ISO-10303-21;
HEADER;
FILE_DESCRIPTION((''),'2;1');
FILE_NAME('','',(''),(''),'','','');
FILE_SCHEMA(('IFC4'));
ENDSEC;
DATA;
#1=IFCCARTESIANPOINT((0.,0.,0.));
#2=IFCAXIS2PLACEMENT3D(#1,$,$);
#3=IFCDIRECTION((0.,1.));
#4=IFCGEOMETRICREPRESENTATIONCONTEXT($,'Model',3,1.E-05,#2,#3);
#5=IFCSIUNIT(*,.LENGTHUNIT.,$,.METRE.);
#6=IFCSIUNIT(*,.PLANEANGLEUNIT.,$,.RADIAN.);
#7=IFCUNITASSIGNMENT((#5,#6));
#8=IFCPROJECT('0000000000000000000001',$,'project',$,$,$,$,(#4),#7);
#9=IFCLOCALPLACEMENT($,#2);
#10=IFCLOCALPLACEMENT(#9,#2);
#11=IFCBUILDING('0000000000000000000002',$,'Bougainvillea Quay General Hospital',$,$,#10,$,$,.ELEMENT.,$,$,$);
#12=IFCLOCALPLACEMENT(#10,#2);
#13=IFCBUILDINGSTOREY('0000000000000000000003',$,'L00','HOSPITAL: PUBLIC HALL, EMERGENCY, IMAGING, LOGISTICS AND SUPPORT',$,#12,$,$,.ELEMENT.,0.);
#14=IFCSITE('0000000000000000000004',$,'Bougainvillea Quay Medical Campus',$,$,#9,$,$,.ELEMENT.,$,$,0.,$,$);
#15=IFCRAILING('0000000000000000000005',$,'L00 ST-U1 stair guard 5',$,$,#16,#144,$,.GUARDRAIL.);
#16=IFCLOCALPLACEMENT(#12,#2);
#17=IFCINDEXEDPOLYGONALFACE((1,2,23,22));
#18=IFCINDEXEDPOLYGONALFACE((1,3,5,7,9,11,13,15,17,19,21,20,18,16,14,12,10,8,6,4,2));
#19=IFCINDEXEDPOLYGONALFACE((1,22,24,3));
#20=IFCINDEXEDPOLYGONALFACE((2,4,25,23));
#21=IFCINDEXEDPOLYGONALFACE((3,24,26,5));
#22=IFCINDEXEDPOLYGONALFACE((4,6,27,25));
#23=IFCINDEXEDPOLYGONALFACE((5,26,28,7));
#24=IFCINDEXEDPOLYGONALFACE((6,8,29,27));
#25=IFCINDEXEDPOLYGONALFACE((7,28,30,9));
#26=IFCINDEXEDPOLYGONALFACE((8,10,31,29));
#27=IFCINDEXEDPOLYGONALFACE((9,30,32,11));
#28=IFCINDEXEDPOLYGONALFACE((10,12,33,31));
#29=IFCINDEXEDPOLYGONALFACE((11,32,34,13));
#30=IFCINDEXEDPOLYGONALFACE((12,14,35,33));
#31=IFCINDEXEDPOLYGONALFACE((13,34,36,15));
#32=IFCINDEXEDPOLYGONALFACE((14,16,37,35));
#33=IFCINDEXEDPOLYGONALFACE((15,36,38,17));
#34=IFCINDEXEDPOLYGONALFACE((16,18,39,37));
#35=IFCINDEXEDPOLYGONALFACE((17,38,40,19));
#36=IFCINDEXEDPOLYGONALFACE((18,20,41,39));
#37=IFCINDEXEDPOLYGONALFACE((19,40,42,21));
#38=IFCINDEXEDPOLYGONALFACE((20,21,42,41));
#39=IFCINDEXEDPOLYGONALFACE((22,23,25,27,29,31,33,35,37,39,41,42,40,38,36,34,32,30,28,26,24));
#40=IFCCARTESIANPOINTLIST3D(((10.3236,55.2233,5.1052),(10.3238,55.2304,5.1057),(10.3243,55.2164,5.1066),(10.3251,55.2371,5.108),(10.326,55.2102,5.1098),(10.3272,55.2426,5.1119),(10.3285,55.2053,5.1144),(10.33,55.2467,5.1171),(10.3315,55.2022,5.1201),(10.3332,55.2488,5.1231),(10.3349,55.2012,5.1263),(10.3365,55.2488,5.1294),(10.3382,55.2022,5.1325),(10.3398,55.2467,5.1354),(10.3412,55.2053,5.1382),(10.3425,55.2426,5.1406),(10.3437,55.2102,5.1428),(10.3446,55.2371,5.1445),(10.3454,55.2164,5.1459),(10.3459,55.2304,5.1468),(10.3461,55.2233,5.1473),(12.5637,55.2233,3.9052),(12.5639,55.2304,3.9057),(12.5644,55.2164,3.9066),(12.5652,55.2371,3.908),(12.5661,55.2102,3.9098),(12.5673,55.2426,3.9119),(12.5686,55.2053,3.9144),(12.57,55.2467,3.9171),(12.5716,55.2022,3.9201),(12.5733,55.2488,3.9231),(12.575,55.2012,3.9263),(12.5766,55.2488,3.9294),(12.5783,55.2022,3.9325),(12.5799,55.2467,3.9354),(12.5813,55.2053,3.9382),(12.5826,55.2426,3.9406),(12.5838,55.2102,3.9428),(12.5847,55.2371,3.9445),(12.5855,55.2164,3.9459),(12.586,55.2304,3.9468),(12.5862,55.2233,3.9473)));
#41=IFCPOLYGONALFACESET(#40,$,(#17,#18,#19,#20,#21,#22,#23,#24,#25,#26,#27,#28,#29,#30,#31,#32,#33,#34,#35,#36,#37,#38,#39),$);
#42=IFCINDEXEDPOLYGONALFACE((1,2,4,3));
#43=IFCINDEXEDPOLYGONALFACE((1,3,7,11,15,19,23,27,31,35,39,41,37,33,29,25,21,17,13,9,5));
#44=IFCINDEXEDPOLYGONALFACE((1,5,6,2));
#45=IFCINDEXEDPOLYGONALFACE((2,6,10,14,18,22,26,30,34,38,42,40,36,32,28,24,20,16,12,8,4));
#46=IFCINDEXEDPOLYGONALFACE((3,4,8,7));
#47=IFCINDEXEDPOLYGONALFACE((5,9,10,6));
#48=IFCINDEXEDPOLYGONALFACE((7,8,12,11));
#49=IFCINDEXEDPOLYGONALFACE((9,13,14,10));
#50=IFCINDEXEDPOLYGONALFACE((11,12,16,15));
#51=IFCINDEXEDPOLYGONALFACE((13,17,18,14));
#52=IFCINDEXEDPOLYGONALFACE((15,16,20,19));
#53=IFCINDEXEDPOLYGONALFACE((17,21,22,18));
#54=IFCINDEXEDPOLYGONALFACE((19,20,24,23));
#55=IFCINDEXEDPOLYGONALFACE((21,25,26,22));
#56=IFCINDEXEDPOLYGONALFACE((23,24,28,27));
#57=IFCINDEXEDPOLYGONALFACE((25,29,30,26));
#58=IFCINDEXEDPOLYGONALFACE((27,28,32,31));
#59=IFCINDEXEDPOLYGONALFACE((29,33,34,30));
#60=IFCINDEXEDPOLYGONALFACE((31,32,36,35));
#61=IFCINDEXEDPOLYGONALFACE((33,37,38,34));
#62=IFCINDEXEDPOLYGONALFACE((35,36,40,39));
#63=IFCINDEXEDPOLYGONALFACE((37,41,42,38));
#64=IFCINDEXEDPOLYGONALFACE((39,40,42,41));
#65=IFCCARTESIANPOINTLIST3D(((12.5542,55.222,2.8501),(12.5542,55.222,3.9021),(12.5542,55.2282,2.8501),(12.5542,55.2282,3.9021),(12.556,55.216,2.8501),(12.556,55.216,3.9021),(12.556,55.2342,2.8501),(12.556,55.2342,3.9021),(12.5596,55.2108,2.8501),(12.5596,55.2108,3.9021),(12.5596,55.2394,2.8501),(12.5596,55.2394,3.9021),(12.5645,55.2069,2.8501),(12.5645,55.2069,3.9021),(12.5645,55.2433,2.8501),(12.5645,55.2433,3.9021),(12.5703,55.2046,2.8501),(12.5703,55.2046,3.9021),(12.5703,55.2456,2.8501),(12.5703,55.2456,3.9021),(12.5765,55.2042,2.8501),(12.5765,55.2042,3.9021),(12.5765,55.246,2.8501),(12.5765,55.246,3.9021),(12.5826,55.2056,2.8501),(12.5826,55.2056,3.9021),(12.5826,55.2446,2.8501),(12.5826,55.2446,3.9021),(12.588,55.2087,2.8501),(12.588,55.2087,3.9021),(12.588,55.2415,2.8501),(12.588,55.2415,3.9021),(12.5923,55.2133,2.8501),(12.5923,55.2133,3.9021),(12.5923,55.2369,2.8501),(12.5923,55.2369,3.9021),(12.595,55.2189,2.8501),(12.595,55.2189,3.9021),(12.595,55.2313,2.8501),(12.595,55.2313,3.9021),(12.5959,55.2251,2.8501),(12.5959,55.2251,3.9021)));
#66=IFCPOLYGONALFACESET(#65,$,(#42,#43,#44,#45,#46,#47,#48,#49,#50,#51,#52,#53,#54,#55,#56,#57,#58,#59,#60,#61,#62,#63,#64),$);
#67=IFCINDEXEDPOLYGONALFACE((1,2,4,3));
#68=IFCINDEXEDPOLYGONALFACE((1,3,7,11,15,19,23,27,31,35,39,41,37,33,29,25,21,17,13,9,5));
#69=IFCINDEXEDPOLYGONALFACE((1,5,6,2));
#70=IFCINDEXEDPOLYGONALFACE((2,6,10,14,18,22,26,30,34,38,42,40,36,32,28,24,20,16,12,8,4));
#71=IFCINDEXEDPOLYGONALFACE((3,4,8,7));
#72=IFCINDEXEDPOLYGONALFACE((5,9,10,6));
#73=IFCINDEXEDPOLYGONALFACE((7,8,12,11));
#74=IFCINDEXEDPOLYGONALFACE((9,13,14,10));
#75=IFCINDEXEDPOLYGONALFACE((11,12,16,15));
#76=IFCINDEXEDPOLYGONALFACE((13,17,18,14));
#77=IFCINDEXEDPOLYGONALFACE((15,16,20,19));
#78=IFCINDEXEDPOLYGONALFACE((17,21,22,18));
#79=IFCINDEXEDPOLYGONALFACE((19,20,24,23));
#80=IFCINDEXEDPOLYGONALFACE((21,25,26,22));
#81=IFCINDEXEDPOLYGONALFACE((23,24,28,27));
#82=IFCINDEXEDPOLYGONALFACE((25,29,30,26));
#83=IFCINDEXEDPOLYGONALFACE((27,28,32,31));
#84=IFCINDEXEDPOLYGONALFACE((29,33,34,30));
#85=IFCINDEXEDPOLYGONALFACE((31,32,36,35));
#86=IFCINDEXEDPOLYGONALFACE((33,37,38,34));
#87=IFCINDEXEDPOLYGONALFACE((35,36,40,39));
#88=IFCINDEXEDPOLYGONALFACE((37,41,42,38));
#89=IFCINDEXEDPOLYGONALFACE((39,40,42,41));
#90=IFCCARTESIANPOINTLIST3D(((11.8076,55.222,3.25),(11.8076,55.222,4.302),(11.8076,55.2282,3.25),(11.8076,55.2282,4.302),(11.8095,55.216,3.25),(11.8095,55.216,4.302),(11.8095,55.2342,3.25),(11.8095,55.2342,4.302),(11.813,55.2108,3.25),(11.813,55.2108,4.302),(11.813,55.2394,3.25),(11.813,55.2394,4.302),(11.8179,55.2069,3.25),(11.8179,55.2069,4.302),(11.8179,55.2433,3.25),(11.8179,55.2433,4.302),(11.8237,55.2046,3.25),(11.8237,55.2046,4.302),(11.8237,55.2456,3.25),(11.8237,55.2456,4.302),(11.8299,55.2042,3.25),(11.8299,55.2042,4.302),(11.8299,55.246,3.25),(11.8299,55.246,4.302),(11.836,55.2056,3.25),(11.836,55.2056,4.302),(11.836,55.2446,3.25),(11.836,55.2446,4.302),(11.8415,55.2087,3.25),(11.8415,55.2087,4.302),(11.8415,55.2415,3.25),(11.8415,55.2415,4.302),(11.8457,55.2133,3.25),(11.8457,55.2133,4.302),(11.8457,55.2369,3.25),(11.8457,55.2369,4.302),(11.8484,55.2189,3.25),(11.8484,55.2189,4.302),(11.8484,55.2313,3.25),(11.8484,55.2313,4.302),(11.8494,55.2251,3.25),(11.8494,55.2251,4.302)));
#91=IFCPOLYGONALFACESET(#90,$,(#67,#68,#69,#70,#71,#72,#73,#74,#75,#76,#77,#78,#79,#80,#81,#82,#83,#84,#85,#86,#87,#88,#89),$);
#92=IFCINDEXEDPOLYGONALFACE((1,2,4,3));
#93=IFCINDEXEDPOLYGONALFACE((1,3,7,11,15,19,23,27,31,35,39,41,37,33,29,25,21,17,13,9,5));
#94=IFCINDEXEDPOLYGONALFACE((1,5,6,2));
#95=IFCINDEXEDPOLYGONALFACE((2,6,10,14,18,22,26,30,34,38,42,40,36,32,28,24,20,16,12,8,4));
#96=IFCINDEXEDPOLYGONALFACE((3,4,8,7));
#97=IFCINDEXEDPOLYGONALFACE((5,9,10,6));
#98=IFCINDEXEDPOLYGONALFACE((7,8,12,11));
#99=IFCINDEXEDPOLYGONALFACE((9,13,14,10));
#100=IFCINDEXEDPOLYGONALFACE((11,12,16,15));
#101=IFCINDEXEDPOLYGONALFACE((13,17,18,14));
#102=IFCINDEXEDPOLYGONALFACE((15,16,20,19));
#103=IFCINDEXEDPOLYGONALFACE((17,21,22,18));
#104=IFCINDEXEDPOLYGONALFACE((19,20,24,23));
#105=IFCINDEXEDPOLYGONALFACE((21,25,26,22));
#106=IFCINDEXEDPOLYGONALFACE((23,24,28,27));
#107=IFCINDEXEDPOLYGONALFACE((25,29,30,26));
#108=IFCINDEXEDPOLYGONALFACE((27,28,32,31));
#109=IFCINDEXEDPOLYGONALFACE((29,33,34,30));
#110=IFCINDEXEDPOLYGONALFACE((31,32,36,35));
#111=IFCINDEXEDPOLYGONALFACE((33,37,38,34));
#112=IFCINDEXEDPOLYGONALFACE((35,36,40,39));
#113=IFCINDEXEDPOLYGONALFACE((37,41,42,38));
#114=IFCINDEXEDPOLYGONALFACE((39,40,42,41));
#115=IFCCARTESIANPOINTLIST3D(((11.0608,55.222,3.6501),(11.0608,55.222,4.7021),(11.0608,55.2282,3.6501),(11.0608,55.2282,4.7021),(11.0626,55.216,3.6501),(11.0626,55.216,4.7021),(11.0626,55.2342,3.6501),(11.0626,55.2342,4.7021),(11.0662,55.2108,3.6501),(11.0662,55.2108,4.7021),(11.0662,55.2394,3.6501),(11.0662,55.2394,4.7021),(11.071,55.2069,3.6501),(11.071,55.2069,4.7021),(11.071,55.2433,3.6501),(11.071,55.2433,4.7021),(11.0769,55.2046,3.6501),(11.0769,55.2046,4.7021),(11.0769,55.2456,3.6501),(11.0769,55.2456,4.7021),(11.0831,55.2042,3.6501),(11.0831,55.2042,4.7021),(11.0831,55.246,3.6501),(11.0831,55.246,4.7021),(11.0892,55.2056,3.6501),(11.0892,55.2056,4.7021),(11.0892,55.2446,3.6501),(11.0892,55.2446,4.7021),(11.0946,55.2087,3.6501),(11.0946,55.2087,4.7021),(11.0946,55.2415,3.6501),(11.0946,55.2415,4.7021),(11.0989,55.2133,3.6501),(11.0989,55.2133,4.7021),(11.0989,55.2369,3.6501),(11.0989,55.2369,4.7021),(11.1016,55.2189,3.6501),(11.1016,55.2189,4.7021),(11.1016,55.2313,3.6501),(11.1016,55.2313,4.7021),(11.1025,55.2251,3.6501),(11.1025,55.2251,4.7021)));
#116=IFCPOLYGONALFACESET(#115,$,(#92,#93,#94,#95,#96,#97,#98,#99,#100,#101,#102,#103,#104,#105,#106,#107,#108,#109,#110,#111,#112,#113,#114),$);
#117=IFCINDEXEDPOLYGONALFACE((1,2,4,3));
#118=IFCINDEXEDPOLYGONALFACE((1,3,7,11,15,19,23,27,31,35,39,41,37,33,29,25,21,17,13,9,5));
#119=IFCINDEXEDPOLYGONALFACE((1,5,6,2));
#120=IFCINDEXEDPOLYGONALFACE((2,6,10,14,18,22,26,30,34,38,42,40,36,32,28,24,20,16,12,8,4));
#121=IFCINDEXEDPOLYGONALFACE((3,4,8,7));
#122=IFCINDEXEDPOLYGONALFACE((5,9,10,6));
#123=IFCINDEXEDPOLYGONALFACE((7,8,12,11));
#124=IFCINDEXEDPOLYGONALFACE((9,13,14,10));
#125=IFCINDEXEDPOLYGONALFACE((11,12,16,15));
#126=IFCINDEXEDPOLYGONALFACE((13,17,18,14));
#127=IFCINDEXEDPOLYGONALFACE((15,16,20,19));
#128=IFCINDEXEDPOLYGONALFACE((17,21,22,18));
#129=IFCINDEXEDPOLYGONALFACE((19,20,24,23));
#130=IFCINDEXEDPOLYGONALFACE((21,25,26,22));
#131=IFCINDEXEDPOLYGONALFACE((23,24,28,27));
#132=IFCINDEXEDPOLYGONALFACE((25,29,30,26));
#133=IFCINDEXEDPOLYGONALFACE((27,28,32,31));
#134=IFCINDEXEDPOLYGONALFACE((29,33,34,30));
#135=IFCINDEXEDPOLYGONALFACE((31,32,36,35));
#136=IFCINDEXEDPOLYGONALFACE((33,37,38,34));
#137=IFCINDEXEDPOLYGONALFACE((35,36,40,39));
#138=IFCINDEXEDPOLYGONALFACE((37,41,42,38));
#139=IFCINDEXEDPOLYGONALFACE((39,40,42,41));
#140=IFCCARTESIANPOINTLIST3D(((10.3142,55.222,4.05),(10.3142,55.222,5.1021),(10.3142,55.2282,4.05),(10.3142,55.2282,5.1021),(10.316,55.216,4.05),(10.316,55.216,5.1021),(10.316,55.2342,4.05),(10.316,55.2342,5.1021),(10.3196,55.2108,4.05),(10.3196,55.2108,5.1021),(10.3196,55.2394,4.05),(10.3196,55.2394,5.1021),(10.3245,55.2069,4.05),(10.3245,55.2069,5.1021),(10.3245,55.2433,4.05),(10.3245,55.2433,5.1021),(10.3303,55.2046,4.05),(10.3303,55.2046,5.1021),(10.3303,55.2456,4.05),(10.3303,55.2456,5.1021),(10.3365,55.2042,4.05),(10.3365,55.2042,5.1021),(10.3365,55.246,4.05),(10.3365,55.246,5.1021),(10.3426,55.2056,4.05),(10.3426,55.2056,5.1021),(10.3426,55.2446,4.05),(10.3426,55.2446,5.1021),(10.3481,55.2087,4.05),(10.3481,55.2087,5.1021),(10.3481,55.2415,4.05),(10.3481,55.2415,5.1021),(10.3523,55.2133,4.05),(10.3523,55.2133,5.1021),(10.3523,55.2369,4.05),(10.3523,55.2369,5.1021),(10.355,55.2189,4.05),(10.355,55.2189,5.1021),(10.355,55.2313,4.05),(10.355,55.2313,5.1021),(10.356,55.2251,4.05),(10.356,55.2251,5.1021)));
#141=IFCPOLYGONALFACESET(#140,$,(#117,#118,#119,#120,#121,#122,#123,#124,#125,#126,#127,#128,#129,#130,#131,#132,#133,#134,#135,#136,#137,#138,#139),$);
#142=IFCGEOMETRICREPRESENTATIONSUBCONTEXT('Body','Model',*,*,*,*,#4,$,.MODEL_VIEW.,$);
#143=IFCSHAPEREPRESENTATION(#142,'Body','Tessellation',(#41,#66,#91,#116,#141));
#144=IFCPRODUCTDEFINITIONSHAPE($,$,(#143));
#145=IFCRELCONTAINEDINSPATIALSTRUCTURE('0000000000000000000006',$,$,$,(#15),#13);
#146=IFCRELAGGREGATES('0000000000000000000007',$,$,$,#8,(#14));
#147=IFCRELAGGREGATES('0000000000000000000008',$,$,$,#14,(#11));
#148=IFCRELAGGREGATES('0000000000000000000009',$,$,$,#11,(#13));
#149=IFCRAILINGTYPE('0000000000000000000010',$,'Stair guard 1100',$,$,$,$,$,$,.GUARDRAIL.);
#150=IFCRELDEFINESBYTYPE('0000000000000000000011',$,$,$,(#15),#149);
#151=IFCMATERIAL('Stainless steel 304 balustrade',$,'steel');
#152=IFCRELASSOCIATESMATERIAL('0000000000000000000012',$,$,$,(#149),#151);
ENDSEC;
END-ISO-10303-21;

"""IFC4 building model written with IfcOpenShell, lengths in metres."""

from ifc_helpers import new_model, si_unit, direction, frame, origin, origin_2d, place, context, subcontext, project, spatial, circle, extrude, material, type_object, element, save


model = new_model("IFC4")

# Units and contexts
model_context = context("Model", 3, precision=1e-05, world=origin(), true_north=direction((0.0, 1.0)))
body_context = subcontext(model_context, "Body", "Model", "MODEL_VIEW")
ifc_project = project(units=[si_unit("LENGTHUNIT", "METRE"), si_unit("PLANEANGLEUNIT", "RADIAN")], contexts=[model_context])

# Site, building, storey
site_placement = place(None, origin())
site = spatial("IfcSite", under=ifc_project, at=site_placement, Name="Bougainvillea Quay Medical Campus", CompositionType="ELEMENT", RefElevation=0.0)
building_placement = place(site_placement, origin())
building = spatial("IfcBuilding", under=site, at=building_placement, Name="Bougainvillea Quay General Hospital", CompositionType="ELEMENT")
storey_placement = place(building_placement, origin())
storey = spatial("IfcBuildingStorey", under=building, at=storey_placement, Name="L00", Description="HOSPITAL: PUBLIC HALL, EMERGENCY, IMAGING, LOGISTICS AND SUPPORT", CompositionType="ELEMENT", Elevation=0.0)

# Railing
ifc_material_1 = material(Name="Stainless steel 304 balustrade", Category="steel")
railing_type_1 = type_object("IfcRailingType", Name="Stair guard 1100", PredefinedType="GUARDRAIL", material=ifc_material_1)
railing_1_placement = place(storey_placement, frame((12.575, 55.2251, 2.8501)))
element("IfcRailing", 1, at=railing_1_placement, inside=storey, type_object=railing_type_1, Name="L00 ST-U1 stair guard 5", PredefinedType="GUARDRAIL", context=body_context, shape_type="SweptSolid", body=[
    extrude(circle(Radius=0.0239, at=origin_2d()), frame((0.0, 0.0, 1.0762), z_axis=(-0.881487, 0.0, 0.472208), x_axis=(0.0, -1.0, 0.0)), (0.0, 0.0, 1.0), 2.5413),
    extrude(circle(Radius=0.021, at=origin_2d()), origin(), (0.0, 0.0, 1.0), 1.052),
    extrude(circle(Radius=0.021, at=origin_2d()), frame((-0.7466, 0.0, 0.3999)), (0.0, 0.0, 1.0), 1.052),
    extrude(circle(Radius=0.021, at=origin_2d()), frame((-1.4934, 0.0, 0.8)), (0.0, 0.0, 1.0), 1.052),
    extrude(circle(Radius=0.021, at=origin_2d()), frame((-2.24, 0.0, 1.2)), (0.0, 0.0, 1.0), 1.052),
])

save(model, "model.ifc")
